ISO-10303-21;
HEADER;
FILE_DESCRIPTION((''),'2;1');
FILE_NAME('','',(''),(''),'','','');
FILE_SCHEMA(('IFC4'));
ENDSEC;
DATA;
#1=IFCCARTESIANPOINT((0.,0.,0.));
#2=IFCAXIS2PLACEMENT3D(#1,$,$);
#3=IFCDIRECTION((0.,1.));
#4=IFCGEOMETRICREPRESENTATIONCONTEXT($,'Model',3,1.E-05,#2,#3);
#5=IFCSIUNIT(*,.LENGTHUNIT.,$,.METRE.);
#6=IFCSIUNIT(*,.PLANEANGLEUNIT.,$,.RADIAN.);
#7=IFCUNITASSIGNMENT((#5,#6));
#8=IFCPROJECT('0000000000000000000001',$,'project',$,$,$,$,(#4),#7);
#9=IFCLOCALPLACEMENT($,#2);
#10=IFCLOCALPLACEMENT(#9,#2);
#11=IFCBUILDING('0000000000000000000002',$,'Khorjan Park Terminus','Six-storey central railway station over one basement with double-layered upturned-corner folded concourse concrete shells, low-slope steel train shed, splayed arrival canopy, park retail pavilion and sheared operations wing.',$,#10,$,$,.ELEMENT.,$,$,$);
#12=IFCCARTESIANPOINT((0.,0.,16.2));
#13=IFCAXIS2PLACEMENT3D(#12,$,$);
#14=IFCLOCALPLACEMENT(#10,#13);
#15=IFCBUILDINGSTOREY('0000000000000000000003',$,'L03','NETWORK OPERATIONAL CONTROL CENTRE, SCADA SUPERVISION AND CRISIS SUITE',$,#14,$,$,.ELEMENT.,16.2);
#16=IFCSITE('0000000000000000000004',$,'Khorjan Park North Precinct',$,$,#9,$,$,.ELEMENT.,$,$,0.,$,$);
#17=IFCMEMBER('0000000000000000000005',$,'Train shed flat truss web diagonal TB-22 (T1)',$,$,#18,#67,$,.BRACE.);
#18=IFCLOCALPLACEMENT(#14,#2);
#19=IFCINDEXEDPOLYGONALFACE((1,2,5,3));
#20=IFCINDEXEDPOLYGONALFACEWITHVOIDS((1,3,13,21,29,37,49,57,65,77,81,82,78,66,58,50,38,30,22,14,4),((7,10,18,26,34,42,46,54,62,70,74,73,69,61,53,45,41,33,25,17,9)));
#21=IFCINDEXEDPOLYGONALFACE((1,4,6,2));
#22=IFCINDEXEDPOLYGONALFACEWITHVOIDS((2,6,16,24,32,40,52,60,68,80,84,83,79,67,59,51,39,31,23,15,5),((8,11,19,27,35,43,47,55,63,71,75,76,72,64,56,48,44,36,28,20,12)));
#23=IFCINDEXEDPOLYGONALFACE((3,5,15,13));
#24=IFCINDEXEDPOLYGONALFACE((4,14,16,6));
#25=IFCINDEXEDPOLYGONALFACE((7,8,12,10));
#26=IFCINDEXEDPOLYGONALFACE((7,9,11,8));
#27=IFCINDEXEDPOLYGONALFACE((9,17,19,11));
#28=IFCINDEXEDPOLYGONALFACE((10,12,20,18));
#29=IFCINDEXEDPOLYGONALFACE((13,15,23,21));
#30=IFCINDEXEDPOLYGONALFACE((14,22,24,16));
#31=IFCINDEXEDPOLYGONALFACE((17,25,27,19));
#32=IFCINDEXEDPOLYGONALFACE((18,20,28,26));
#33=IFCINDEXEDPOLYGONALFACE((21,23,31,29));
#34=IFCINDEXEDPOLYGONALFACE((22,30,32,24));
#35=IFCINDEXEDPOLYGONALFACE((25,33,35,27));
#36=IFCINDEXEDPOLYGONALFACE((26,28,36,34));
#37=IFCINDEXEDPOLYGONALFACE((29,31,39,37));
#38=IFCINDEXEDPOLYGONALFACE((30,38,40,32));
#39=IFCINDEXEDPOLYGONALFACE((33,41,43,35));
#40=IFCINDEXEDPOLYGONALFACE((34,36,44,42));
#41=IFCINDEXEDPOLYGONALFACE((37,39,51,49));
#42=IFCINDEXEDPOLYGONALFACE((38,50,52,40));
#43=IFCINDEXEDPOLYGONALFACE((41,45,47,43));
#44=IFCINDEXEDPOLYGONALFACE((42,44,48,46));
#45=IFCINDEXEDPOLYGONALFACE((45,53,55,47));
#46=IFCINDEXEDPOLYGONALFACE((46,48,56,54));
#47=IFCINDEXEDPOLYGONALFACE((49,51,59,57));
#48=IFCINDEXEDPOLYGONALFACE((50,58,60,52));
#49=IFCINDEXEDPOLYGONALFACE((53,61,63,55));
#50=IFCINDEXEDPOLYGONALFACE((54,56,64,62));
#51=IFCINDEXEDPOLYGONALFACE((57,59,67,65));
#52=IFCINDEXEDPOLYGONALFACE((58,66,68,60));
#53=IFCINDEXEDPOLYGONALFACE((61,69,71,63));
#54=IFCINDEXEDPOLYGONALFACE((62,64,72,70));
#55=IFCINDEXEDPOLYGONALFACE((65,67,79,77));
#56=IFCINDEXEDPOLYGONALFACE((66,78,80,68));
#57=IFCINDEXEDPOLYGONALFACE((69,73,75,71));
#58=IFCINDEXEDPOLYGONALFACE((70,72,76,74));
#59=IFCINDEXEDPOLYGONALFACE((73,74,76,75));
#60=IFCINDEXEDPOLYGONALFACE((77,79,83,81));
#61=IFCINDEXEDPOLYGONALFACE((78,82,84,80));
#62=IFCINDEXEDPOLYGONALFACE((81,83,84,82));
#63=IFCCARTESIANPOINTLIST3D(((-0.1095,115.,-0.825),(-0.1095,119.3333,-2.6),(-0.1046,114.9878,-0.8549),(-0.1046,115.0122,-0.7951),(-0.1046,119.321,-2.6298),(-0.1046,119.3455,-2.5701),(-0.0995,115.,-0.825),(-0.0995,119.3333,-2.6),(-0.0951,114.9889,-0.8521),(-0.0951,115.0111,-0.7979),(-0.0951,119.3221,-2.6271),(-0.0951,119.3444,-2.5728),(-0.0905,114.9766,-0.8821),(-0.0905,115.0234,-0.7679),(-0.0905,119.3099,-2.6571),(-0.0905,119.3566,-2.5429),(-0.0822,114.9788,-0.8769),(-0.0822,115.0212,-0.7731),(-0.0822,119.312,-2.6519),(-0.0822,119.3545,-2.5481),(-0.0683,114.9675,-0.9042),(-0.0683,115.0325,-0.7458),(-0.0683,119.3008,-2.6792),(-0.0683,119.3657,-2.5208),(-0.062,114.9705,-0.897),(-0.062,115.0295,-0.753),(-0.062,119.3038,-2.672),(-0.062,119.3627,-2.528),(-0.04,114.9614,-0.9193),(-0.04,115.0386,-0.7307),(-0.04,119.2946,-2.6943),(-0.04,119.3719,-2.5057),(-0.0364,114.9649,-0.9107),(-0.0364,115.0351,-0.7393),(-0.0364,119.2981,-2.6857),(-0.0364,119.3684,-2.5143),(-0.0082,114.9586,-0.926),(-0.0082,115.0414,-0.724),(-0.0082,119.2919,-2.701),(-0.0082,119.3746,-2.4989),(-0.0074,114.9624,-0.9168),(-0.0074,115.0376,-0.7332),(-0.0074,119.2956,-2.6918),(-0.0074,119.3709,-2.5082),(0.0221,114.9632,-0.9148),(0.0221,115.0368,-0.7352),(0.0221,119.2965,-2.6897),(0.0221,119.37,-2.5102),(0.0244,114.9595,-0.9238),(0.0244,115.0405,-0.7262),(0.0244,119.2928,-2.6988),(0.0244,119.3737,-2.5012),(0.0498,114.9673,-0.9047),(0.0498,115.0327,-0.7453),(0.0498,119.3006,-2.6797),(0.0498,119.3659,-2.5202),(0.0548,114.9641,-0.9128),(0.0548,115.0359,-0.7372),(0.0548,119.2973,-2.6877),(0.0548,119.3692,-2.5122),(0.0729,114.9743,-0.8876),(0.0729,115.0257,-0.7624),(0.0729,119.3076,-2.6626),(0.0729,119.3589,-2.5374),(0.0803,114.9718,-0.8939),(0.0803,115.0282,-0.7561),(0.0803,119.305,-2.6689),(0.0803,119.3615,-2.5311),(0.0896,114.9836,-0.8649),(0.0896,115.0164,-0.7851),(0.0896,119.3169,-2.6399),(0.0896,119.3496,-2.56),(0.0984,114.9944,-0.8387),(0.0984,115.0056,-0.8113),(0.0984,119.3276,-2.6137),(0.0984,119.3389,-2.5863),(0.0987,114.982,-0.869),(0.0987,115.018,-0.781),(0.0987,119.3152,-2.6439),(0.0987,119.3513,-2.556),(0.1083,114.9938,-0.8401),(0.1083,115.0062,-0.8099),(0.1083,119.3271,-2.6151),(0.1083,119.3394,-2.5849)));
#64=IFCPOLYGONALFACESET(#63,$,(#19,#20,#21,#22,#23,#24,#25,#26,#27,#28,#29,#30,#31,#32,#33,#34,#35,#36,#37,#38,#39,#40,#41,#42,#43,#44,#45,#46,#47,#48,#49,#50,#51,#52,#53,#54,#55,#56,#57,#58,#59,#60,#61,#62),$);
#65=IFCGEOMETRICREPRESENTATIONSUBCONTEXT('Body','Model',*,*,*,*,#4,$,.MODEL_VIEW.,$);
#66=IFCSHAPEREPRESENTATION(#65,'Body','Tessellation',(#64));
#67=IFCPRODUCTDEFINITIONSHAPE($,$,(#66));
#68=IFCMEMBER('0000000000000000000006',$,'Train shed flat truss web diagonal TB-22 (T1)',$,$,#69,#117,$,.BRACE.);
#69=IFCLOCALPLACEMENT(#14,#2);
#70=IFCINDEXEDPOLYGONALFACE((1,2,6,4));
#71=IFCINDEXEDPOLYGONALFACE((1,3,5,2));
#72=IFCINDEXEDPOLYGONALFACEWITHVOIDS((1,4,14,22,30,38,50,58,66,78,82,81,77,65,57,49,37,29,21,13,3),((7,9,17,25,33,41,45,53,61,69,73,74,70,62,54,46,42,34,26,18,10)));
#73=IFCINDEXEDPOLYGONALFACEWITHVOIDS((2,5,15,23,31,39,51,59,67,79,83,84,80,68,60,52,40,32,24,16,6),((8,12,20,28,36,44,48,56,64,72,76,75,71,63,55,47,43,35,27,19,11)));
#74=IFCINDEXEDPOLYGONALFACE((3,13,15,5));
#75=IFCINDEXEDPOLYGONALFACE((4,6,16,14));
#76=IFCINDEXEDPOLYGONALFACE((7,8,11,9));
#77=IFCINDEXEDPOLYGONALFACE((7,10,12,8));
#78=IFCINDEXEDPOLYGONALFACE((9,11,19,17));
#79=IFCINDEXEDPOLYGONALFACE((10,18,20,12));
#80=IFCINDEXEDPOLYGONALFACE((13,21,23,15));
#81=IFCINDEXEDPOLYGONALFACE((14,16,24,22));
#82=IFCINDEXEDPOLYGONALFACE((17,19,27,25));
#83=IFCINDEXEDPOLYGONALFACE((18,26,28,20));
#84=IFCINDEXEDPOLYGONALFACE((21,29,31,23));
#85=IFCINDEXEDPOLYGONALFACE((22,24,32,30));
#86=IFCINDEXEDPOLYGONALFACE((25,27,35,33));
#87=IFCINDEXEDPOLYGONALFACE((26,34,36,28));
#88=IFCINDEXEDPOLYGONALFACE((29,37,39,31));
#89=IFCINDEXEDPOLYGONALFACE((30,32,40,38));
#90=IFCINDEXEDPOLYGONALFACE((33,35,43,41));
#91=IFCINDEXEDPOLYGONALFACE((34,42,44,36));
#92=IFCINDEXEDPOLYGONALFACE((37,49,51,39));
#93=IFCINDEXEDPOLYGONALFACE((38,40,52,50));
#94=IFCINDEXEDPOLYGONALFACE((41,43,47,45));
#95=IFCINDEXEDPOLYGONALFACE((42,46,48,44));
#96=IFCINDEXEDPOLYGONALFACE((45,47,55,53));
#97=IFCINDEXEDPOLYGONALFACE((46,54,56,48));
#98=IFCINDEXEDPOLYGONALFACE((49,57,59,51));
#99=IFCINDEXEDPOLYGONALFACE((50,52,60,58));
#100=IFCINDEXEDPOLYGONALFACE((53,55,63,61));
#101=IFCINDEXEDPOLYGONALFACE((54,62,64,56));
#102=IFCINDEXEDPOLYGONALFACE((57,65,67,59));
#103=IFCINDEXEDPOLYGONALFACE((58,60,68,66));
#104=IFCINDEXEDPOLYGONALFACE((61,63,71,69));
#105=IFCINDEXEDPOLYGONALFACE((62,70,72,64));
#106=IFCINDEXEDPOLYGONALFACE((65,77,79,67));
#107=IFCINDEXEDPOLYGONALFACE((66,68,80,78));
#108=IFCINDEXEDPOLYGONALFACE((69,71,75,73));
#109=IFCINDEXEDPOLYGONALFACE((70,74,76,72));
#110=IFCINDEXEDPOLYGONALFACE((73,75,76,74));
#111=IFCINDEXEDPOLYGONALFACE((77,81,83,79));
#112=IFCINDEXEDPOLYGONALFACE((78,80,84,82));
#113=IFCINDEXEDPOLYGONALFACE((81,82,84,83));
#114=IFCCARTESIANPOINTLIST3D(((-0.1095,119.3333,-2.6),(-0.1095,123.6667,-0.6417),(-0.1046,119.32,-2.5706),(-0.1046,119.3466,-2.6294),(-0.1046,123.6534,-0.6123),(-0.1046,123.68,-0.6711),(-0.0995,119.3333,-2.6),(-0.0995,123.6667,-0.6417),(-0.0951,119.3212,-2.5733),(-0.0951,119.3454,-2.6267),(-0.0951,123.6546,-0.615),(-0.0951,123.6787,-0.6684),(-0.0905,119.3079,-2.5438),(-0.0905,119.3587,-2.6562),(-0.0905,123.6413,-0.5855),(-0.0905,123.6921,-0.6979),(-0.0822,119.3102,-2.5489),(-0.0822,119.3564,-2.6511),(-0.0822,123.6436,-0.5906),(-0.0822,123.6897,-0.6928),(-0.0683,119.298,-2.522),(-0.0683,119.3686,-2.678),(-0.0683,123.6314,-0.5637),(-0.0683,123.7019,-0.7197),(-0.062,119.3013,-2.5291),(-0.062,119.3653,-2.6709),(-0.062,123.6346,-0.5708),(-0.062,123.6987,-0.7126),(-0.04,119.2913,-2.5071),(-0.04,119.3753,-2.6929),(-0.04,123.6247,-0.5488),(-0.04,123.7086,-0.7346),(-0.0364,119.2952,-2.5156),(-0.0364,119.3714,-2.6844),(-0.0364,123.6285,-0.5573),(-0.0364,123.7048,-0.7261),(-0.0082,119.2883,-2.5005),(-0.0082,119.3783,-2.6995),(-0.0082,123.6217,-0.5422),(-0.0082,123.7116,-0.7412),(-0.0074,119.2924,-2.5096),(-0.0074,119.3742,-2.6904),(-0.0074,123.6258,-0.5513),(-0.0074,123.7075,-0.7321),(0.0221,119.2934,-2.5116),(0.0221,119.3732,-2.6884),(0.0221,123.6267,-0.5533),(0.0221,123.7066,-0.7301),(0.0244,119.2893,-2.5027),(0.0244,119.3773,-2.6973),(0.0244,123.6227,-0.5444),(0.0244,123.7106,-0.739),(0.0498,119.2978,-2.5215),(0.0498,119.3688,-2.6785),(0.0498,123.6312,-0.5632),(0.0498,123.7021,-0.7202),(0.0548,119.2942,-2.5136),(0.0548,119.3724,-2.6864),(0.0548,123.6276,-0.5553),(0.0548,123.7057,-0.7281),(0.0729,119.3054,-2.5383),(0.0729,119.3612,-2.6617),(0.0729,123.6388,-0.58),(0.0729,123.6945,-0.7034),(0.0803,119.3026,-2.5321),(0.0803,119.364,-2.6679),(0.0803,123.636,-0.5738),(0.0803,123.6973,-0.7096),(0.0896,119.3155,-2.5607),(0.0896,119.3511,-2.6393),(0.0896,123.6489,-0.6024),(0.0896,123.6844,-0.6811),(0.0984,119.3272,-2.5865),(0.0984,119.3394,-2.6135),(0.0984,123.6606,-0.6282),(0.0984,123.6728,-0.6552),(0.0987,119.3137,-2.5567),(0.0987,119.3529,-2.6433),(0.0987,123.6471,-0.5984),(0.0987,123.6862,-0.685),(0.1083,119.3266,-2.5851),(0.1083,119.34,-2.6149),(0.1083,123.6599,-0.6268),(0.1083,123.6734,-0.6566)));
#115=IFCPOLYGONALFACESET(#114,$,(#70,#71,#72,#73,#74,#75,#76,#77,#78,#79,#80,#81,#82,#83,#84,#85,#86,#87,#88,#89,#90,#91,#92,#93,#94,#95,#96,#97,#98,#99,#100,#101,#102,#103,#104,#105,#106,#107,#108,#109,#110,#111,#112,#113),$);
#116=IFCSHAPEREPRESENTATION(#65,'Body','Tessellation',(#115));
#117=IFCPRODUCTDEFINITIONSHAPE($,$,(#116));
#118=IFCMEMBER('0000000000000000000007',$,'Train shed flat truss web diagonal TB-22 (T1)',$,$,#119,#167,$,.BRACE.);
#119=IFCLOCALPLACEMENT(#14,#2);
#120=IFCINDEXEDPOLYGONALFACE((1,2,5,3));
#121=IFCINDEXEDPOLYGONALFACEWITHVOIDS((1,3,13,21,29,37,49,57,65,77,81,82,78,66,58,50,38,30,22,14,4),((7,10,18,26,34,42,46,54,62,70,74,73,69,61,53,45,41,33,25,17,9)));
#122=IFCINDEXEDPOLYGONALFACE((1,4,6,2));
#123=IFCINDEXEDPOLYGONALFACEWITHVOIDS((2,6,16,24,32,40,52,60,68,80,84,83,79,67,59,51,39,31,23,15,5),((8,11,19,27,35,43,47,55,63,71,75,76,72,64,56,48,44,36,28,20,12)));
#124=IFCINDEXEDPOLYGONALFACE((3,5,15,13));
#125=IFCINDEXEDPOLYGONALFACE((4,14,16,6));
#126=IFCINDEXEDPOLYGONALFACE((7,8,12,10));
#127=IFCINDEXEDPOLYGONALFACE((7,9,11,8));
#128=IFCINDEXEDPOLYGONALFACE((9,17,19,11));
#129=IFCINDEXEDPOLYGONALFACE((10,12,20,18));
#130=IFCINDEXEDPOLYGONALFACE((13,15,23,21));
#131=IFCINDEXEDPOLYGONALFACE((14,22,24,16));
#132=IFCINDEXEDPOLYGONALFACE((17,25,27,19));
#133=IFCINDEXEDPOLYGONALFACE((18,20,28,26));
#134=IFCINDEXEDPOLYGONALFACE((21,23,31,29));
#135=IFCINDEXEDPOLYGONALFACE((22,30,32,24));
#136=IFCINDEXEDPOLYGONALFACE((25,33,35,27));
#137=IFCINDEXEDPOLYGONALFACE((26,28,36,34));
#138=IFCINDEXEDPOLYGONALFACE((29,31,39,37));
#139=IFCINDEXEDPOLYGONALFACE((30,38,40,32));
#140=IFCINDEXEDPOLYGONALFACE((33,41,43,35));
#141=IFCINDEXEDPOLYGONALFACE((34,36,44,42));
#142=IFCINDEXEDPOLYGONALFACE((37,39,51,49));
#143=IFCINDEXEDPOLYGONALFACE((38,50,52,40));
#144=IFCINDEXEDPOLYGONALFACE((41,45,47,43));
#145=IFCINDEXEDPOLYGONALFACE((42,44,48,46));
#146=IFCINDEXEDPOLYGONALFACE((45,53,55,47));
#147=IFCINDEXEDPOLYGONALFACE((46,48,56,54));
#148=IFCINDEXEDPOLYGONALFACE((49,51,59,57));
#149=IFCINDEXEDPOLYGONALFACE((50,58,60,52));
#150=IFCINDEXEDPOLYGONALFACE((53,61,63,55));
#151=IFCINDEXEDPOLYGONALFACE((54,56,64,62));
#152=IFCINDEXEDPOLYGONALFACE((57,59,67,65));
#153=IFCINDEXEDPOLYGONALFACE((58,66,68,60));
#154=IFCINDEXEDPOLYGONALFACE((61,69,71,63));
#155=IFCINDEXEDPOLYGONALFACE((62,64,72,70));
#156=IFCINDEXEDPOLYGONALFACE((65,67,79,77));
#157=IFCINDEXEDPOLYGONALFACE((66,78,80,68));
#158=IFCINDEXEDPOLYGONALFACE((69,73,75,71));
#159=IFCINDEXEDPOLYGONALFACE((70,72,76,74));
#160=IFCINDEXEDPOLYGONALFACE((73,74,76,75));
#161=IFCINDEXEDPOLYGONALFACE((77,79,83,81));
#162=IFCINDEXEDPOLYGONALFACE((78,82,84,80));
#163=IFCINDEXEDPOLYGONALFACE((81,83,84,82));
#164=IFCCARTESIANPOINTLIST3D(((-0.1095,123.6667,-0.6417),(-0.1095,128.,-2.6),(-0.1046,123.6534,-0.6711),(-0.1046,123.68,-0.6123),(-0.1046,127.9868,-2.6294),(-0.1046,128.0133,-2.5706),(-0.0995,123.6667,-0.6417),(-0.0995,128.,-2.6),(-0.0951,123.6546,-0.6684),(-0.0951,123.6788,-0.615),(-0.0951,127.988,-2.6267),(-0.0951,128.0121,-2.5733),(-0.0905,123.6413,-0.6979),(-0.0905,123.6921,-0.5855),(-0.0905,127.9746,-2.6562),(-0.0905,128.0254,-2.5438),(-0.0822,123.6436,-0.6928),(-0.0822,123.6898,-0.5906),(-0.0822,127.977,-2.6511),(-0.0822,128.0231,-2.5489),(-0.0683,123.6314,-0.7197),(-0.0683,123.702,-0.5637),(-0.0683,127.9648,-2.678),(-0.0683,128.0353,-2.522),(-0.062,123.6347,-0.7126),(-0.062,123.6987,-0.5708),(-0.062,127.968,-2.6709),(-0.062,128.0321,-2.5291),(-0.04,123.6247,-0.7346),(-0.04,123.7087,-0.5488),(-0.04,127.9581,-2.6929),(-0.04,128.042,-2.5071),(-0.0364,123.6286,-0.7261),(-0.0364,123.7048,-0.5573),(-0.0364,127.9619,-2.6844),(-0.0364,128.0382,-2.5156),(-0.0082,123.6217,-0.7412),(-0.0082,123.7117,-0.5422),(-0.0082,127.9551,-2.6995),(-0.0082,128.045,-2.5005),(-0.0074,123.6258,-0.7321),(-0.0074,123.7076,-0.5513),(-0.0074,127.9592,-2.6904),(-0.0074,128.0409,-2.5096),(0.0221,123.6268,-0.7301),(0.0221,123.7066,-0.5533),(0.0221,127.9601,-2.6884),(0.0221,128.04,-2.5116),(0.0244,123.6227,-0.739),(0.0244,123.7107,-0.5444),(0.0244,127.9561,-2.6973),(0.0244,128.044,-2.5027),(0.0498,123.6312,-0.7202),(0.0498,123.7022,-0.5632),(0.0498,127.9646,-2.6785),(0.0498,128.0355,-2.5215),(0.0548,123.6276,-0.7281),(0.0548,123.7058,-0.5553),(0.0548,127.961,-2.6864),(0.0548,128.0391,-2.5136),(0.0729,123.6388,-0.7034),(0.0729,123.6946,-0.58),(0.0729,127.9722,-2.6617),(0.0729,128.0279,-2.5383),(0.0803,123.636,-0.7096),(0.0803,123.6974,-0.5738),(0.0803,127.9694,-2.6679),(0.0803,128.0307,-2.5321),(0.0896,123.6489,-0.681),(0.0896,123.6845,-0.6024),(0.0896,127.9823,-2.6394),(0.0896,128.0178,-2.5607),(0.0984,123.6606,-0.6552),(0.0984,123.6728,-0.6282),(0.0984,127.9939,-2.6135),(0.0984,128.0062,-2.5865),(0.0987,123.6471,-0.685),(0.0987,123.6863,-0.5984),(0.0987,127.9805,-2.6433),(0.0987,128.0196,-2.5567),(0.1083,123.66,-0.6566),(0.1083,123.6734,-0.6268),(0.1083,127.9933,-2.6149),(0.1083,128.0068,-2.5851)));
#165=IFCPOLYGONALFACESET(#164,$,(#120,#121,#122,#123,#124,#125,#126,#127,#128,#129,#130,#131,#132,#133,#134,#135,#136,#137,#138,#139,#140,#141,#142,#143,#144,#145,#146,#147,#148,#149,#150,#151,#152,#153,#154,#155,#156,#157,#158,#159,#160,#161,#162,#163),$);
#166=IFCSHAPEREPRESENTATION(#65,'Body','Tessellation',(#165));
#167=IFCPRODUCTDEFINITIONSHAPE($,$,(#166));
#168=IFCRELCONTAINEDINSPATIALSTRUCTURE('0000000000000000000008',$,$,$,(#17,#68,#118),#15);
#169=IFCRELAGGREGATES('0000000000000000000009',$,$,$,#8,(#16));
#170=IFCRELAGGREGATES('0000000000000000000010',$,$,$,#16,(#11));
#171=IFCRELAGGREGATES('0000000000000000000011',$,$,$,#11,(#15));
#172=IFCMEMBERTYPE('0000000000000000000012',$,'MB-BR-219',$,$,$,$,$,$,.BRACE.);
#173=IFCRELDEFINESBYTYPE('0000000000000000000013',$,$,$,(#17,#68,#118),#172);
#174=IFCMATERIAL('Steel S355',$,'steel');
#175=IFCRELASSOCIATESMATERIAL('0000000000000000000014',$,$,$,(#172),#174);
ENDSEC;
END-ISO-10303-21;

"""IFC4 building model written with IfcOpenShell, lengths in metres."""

from ifc_helpers import new_model, si_unit, direction, frame, origin, origin_2d, place, context, subcontext, project, spatial, hollow_circle, extrude, material, material_profile, profile_set, type_object, element, save


model = new_model("IFC4")

# Units and contexts
model_context = context("Model", 3, precision=1e-05, world=origin(), true_north=direction((0.0, 1.0)))
body_context = subcontext(model_context, "Body", "Model", "MODEL_VIEW")
ifc_project = project(units=[si_unit("LENGTHUNIT", "METRE"), si_unit("PLANEANGLEUNIT", "RADIAN")], contexts=[model_context])

# Site, building, storey
site_placement = place(None, origin())
site = spatial("IfcSite", under=ifc_project, at=site_placement, Name="Khorjan Park North Precinct", CompositionType="ELEMENT", RefElevation=0.0)
building_placement = place(site_placement, origin())
building = spatial("IfcBuilding", under=site, at=building_placement, Name="Khorjan Park Terminus", Description="Six-storey central railway station over one basement with double-layered upturned-corner folded concourse concrete shells, low-slope steel train shed, splayed arrival canopy, park retail pavilion and sheared operations wing.", CompositionType="ELEMENT")
storey_placement = place(building_placement, frame((0.0, 0.0, 16.2)))
storey = spatial("IfcBuildingStorey", under=building, at=storey_placement, Name="L03", Description="NETWORK OPERATIONAL CONTROL CENTRE, SCADA SUPERVISION AND CRISIS SUITE", CompositionType="ELEMENT", Elevation=16.2)

# Members
ifc_material = material(Name="Steel S355", Category="steel")
ifc_material_profile_1 = material_profile(ifc_material, hollow_circle(Radius=0.1095, WallThickness=0.01, at=origin_2d()), Name="CHS 219.1x10")
ifc_profile_set_1 = profile_set([ifc_material_profile_1], Name="Steel S355")
member_type_1 = type_object("IfcMemberType", Name="MB-BR-219", PredefinedType="BRACE", material=ifc_profile_set_1)
member_1_placement = place(storey_placement, frame((0.0, 115.0, -0.825), z_axis=(0.0, 0.925376, -0.379051), x_axis=(-1.0, 0.0, 0.0)))
element("IfcMember", 1, at=member_1_placement, inside=storey, type_object=member_type_1, Name="Train shed flat truss web diagonal TB-22 (T1)", PredefinedType="BRACE", context=body_context, shape_type="SweptSolid", body=[
    extrude(hollow_circle(Radius=0.1095, WallThickness=0.01, at=origin_2d()), origin(), (0.0, 0.0, 1.0), 4.6827),
])
for number, where, z_axis, x_axis, name in (
    (2, (0.0, 119.3333, -2.6), (0.0, 0.91127, 0.41181), (-1.0, 0.0, 0.0), "Train shed flat truss web diagonal TB-22 (T1)"),
    (3, (0.0, 123.6667, -0.6417), (0.0, 0.911266, -0.411818), (-1.0, 0.0, 0.0), "Train shed flat truss web diagonal TB-22 (T1)"),
):
    element("IfcMember", number, at=place(storey_placement, frame(where, z_axis=z_axis, x_axis=x_axis)), inside=storey, type_object=member_type_1, Name=name, PredefinedType="BRACE", context=body_context, shape_type="SweptSolid", body=[
        extrude(hollow_circle(Radius=0.1095, WallThickness=0.01, at=origin_2d()), origin(), (0.0, 0.0, 1.0), 4.7553),
    ])

save(model, "model.ifc")
